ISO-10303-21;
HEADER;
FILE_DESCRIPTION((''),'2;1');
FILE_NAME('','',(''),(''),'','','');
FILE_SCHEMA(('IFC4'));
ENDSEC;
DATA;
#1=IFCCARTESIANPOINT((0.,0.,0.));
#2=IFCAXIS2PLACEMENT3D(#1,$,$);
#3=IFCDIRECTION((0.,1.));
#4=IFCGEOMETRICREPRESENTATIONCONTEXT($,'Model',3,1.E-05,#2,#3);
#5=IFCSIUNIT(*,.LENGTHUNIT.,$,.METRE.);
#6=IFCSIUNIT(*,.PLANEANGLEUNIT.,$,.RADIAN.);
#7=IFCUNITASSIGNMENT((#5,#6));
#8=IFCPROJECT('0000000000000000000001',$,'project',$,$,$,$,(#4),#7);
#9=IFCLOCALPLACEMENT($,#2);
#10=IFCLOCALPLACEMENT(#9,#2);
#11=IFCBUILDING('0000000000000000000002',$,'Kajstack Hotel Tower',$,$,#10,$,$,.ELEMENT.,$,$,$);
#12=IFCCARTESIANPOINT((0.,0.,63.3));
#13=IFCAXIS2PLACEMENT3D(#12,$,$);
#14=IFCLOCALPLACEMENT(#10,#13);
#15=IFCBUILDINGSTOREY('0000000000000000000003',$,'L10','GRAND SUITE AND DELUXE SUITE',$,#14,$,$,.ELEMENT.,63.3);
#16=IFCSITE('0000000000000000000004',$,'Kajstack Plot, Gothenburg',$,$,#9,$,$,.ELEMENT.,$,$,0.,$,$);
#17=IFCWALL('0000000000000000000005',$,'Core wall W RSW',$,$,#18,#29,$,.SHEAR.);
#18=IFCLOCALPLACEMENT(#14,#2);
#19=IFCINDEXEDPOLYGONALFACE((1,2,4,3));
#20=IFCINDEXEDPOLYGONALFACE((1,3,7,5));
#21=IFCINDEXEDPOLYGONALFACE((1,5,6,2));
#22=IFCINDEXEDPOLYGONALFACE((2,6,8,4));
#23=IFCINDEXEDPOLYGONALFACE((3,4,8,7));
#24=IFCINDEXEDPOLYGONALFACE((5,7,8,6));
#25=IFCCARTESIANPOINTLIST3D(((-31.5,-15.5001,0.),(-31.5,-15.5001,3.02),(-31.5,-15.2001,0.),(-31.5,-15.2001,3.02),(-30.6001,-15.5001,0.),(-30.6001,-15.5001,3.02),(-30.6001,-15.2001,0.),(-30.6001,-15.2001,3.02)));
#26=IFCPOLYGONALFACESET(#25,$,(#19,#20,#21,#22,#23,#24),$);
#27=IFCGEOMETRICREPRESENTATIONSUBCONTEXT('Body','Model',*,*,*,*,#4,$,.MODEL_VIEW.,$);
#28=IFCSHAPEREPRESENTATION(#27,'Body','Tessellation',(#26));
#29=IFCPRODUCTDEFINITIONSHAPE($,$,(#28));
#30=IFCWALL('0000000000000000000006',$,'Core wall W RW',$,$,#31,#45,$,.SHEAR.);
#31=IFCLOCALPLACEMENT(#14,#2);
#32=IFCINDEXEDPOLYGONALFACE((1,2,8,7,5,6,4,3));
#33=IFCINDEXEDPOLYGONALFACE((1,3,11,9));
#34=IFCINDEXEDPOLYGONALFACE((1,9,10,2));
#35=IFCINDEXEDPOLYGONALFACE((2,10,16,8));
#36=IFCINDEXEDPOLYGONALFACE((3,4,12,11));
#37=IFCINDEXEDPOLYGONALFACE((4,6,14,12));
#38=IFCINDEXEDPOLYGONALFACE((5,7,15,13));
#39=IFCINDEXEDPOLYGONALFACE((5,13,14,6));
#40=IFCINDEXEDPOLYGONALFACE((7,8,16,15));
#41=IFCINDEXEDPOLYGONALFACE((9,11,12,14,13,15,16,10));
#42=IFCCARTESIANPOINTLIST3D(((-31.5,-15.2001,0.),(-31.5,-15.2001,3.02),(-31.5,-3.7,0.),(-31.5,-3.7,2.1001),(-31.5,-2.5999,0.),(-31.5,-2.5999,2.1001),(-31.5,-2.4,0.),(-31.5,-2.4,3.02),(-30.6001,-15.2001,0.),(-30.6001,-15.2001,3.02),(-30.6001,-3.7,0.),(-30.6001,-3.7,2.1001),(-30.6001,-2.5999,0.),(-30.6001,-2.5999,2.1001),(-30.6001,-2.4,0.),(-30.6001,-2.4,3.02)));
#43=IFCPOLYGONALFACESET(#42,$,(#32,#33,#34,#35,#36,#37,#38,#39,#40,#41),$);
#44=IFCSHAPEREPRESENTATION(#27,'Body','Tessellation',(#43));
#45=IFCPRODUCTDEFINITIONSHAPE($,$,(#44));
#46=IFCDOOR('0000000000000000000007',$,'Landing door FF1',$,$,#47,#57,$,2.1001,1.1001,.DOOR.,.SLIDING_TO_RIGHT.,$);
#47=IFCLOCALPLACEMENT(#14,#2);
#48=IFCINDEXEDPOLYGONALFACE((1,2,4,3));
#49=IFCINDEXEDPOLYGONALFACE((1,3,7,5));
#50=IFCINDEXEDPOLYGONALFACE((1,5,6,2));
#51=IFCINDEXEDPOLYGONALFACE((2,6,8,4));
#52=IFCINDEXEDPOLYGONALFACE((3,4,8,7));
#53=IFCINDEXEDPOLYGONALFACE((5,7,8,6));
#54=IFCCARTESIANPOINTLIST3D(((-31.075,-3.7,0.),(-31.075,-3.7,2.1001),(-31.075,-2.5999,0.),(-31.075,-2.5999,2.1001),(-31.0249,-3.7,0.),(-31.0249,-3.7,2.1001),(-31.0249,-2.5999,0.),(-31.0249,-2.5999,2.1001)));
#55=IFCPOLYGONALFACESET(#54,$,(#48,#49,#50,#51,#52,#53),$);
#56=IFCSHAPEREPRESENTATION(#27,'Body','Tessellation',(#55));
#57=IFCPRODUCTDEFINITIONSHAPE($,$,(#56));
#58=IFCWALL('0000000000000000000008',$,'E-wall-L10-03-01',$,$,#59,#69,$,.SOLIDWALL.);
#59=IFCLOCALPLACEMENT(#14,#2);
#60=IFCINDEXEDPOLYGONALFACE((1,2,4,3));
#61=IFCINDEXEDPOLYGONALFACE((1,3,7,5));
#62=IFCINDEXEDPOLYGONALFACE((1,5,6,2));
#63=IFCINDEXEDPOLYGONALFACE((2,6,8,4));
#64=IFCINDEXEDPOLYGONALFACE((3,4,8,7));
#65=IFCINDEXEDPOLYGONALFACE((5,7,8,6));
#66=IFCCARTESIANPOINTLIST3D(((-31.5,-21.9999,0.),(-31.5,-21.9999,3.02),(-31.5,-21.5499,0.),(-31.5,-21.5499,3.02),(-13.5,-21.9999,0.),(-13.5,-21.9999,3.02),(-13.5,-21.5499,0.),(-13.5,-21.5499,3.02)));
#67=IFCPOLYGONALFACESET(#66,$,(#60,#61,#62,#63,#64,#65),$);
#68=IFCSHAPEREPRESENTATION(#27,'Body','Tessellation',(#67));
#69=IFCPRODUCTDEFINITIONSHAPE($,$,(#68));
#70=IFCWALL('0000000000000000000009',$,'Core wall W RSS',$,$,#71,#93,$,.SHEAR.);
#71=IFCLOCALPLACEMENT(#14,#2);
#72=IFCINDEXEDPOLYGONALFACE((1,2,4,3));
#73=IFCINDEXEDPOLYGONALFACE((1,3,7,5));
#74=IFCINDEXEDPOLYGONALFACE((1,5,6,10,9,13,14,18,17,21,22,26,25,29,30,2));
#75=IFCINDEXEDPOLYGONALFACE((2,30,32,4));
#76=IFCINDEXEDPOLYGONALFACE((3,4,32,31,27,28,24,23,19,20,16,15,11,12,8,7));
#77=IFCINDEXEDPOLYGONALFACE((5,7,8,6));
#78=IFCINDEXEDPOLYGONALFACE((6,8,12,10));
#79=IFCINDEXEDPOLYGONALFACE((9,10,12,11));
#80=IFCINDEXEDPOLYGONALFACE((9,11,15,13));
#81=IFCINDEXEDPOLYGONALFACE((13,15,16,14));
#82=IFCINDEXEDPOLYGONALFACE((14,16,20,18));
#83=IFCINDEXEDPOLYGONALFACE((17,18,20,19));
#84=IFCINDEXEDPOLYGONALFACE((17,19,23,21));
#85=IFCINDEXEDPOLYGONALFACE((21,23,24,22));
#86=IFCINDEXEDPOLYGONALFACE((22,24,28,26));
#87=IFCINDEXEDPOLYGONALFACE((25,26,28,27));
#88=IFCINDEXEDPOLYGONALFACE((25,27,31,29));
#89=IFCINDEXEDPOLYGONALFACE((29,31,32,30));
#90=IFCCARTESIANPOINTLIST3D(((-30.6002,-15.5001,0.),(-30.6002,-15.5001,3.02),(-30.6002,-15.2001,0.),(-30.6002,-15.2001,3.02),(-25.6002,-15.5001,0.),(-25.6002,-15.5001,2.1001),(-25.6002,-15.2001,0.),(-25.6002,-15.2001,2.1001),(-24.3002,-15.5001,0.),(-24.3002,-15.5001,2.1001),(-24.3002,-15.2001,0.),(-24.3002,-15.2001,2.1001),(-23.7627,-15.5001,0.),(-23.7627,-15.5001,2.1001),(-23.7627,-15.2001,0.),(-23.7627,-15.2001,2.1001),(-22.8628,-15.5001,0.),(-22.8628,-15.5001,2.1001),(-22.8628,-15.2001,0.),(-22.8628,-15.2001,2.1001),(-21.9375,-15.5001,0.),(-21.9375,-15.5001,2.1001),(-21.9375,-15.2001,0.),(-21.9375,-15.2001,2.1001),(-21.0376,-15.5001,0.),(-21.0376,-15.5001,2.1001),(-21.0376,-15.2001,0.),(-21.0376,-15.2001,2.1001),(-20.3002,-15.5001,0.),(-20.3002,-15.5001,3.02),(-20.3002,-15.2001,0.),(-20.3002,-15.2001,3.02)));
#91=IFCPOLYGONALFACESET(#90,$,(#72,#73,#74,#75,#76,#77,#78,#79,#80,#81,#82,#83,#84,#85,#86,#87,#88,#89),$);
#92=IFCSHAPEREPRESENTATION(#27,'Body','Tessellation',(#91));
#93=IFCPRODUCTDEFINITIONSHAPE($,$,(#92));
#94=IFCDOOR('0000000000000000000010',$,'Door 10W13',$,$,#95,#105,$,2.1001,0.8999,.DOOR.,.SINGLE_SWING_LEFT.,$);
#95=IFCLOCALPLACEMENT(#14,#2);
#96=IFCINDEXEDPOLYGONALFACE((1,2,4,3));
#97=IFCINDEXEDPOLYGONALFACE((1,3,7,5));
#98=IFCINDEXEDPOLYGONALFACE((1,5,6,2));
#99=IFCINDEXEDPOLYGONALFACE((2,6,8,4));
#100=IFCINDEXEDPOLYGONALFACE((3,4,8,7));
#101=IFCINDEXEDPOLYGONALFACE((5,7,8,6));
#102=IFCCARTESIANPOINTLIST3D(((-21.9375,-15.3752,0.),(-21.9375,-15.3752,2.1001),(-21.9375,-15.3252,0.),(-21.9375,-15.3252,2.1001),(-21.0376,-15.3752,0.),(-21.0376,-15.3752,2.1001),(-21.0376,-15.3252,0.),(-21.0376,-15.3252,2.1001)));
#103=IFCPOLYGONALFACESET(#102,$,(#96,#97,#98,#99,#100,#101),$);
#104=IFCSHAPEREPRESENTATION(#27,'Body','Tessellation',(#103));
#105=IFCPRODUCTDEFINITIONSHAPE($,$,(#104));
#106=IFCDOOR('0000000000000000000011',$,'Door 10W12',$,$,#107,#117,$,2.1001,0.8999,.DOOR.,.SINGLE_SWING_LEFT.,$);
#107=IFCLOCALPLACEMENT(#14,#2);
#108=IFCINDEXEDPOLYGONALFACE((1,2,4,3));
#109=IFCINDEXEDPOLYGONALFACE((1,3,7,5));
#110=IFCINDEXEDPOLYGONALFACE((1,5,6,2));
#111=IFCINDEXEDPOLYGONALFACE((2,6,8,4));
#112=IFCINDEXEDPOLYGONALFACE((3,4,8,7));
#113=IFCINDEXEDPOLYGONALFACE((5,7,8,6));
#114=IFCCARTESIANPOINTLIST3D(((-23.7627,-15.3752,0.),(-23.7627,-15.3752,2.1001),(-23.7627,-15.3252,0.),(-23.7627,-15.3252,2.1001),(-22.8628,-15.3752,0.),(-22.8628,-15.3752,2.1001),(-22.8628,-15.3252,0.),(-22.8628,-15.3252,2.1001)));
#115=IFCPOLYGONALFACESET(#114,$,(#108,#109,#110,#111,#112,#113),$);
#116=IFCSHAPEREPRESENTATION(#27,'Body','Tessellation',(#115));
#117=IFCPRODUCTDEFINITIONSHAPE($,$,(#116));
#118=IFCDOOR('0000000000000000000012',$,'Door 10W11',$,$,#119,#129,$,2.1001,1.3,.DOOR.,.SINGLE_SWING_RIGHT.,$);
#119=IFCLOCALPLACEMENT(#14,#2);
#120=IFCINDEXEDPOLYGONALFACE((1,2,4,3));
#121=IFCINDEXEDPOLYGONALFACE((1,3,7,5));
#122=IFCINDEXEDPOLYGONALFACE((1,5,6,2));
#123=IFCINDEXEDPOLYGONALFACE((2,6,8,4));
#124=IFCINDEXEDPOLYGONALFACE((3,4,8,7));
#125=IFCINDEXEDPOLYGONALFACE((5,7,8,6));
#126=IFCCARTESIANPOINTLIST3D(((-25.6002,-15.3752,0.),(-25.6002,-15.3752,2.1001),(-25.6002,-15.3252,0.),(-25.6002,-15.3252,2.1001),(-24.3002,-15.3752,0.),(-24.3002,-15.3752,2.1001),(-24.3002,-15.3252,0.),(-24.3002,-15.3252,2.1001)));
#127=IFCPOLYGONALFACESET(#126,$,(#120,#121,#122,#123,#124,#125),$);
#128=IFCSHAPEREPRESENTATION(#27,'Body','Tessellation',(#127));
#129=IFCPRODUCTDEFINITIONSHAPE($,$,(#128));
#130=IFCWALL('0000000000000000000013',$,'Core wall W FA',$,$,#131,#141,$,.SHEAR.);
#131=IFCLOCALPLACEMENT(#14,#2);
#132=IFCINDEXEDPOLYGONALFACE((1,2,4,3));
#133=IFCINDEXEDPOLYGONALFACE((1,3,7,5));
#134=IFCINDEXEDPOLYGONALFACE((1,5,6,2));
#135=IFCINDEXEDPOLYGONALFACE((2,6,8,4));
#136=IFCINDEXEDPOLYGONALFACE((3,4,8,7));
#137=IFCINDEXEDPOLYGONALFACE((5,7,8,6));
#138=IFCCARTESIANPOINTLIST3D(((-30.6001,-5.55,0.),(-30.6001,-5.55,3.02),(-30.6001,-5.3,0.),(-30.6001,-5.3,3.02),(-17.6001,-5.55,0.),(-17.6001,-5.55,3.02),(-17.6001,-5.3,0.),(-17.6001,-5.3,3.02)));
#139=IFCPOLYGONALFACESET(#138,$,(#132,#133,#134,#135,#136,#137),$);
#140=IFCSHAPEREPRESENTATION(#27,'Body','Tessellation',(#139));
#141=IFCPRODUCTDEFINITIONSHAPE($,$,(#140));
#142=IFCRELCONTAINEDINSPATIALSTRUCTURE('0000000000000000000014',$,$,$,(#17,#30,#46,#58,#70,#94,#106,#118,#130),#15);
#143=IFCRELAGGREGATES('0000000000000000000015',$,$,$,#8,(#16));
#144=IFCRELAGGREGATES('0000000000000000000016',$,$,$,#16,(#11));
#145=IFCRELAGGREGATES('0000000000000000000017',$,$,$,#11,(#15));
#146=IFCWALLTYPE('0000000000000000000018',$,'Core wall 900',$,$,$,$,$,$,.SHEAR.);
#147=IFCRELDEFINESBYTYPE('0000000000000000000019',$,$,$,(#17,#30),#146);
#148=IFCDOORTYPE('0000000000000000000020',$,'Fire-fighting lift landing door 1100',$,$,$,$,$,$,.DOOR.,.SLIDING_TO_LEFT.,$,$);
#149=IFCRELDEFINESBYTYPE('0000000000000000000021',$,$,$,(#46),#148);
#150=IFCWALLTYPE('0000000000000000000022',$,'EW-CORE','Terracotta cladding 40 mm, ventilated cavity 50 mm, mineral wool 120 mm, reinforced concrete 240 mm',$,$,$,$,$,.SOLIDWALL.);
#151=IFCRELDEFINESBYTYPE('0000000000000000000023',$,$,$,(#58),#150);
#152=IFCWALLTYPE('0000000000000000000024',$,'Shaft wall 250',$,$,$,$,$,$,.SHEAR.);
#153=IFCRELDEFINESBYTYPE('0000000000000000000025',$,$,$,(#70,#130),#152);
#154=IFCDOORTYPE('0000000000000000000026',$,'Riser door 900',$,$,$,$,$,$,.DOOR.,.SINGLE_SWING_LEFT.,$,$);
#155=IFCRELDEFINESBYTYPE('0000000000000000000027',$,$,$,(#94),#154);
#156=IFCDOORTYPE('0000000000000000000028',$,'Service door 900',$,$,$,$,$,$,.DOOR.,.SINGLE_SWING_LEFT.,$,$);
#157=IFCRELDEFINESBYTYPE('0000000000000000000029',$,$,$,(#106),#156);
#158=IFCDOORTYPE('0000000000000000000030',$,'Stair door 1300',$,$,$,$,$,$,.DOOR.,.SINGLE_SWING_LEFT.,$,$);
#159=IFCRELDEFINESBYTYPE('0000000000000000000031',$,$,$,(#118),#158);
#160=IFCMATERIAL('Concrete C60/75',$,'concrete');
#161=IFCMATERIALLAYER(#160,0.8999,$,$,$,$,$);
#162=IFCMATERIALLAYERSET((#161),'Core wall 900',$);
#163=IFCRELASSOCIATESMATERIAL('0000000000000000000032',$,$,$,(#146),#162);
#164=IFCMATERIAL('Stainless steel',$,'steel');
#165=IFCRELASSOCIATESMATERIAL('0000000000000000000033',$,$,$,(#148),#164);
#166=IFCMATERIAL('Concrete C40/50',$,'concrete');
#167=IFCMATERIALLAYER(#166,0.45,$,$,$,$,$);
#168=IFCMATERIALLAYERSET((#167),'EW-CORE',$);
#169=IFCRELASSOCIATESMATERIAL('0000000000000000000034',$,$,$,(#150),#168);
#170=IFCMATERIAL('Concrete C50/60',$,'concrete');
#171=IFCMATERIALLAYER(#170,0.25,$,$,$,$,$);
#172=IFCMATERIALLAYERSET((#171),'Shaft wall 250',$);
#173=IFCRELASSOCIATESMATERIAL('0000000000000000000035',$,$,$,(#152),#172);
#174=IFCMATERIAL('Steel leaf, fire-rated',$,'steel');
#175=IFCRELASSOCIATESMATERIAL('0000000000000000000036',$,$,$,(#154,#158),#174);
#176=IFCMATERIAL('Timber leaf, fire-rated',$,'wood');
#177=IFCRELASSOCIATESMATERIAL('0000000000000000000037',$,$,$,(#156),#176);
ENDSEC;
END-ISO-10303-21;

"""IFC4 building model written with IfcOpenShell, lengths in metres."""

from ifc_helpers import new_model, si_unit, direction, frame, frame_2d, origin, place, context, subcontext, project, spatial, rectangle, extrude, material, layer, layer_set, type_object, element, fill, save


model = new_model("IFC4")

# Units and contexts
model_context = context("Model", 3, precision=1e-05, world=origin(), true_north=direction((0.0, 1.0)))
body_context = subcontext(model_context, "Body", "Model", "MODEL_VIEW")
ifc_project = project(units=[si_unit("LENGTHUNIT", "METRE"), si_unit("PLANEANGLEUNIT", "RADIAN")], contexts=[model_context])

# Site, building, storey
site_placement = place(None, origin())
site = spatial("IfcSite", under=ifc_project, at=site_placement, Name="Kajstack Plot, Gothenburg", CompositionType="ELEMENT", RefElevation=0.0)
building_placement = place(site_placement, origin())
building = spatial("IfcBuilding", under=site, at=building_placement, Name="Kajstack Hotel Tower", CompositionType="ELEMENT")
storey_placement = place(building_placement, frame((0.0, 0.0, 63.3)))
storey = spatial("IfcBuildingStorey", under=building, at=storey_placement, Name="L10", Description="GRAND SUITE AND DELUXE SUITE", CompositionType="ELEMENT", Elevation=63.3)

# Wall
ifc_material_1 = material(Name="Concrete C60/75", Category="concrete")
ifc_layer_1 = layer(ifc_material_1, 0.8999)
ifc_layer_set_1 = layer_set([ifc_layer_1], Name="Core wall 900")
wall_type_1 = type_object("IfcWallType", Name="Core wall 900", PredefinedType="SHEAR", material=ifc_layer_set_1)
wall_1_placement = place(storey_placement, frame((-31.5, -15.3501, 0.0), z_axis=(0.0, 0.0, 1.0), x_axis=(1.0, 0.0, 0.0)))
element("IfcWall", 1, at=wall_1_placement, inside=storey, type_object=wall_type_1, Name="Core wall W RSW", PredefinedType="SHEAR", context=body_context, shape_type="SweptSolid", body=[
    extrude(rectangle(XDim=0.8999, YDim=0.3, at=frame_2d((0.45, 0.0))), origin(), (0.0, 0.0, 1.0), 3.02),
])

# Wall, opening, door
wall_2_placement = place(storey_placement, frame((-31.05, -15.2, 0.0), z_axis=(0.0, 0.0, 1.0), x_axis=(0.0, 1.0, 0.0)))
wall_2 = element("IfcWall", 2, at=wall_2_placement, inside=storey, type_object=wall_type_1, Name="Core wall W RW", PredefinedType="SHEAR", context=body_context, shape_type="SweptSolid", body=[
    extrude(rectangle(XDim=12.8, YDim=0.8999, at=frame_2d((6.3999, 0.0))), origin(), (0.0, 0.0, 1.0), 3.02),
])
opening_1_placement = place(wall_2_placement, frame((11.5, 0.0, 0.0)))
opening_1 = element("IfcOpeningElement", 3, at=opening_1_placement, cuts=wall_2, PredefinedType="OPENING", context=body_context, shape_type="SweptSolid", body=[
    extrude(rectangle(XDim=1.1001, YDim=2.1001, at=frame_2d((0.55, 1.05))), frame((0.0, 0.46, 0.0), z_axis=(0.0, -1.0, 0.0), x_axis=(1.0, 0.0, 0.0)), (0.0, 0.0, 1.0), 0.9199),
])
ifc_material_2 = material(Name="Stainless steel", Category="steel")
door_type_1 = type_object("IfcDoorType", Name="Fire-fighting lift landing door 1100", OperationType="SLIDING_TO_LEFT", PredefinedType="DOOR", material=ifc_material_2)
door_1_placement = place(opening_1_placement, origin())
door_1 = element("IfcDoor", 4, at=door_1_placement, inside=storey, type_object=door_type_1, Name="Landing door FF1", OperationType="SLIDING_TO_RIGHT", OverallHeight=2.1001, OverallWidth=1.1001, PredefinedType="DOOR", context=body_context, shape_type="SweptSolid", body=[
    extrude(rectangle(XDim=1.1001, YDim=2.1001, at=frame_2d((0.55, 1.05))), frame((0.0, 0.0249, 0.0), z_axis=(0.0, -1.0, 0.0), x_axis=(1.0, 0.0, 0.0)), (0.0, 0.0, 1.0), 0.05),
])
fill(opening_1, door_1)

# Wall
ifc_material_3 = material(Name="Concrete C40/50", Category="concrete")
ifc_layer_2 = layer(ifc_material_3, 0.45)
ifc_layer_set_2 = layer_set([ifc_layer_2], Name="EW-CORE")
wall_type_2 = type_object("IfcWallType", Name="EW-CORE", Description="Terracotta cladding 40 mm, ventilated cavity 50 mm, mineral wool 120 mm, reinforced concrete 240 mm", PredefinedType="SOLIDWALL", material=ifc_layer_set_2)
wall_3_placement = place(storey_placement, frame((-31.5, -21.7749, 0.0), z_axis=(0.0, 0.0, 1.0), x_axis=(1.0, 0.0, 0.0)))
element("IfcWall", 5, at=wall_3_placement, inside=storey, type_object=wall_type_2, Name="E-wall-L10-03-01", PredefinedType="SOLIDWALL", context=body_context, shape_type="SweptSolid", body=[
    extrude(rectangle(XDim=18.0, YDim=0.45, at=frame_2d((9.0, 0.0))), origin(), (0.0, 0.0, 1.0), 3.02),
])

# Wall, openings, doors
ifc_material_4 = material(Name="Concrete C50/60", Category="concrete")
ifc_layer_3 = layer(ifc_material_4, 0.25)
ifc_layer_set_3 = layer_set([ifc_layer_3], Name="Shaft wall 250")
wall_type_3 = type_object("IfcWallType", Name="Shaft wall 250", PredefinedType="SHEAR", material=ifc_layer_set_3)
wall_4_placement = place(storey_placement, frame((-30.6001, -15.3501, 0.0), z_axis=(0.0, 0.0, 1.0), x_axis=(1.0, 0.0, 0.0)))
wall_4 = element("IfcWall", 6, at=wall_4_placement, inside=storey, type_object=wall_type_3, Name="Core wall W RSS", PredefinedType="SHEAR", context=body_context, shape_type="SweptSolid", body=[
    extrude(rectangle(XDim=10.3, YDim=0.3, at=frame_2d((5.1499, 0.0))), origin(), (0.0, 0.0, 1.0), 3.02),
])
opening_2_placement = place(wall_4_placement, frame((5.0, 0.0, 0.0)))
opening_2 = element("IfcOpeningElement", 7, at=opening_2_placement, cuts=wall_4, PredefinedType="OPENING", context=body_context, shape_type="SweptSolid", body=[
    extrude(rectangle(XDim=1.3, YDim=2.1001, at=frame_2d((0.6499, 1.05))), frame((0.0, 0.1599, 0.0), z_axis=(0.0, -1.0, 0.0), x_axis=(1.0, 0.0, 0.0)), (0.0, 0.0, 1.0), 0.3201),
])
opening_3_placement = place(wall_4_placement, frame((6.8374, 0.0, 0.0)))
opening_3 = element("IfcOpeningElement", 8, at=opening_3_placement, cuts=wall_4, PredefinedType="OPENING", context=body_context, shape_type="SweptSolid", body=[
    extrude(rectangle(XDim=0.8999, YDim=2.1001, at=frame_2d((0.45, 1.05))), frame((0.0, 0.1599, 0.0), z_axis=(0.0, -1.0, 0.0), x_axis=(1.0, 0.0, 0.0)), (0.0, 0.0, 1.0), 0.3201),
])
opening_4_placement = place(wall_4_placement, frame((8.6626, 0.0, 0.0)))
opening_4 = element("IfcOpeningElement", 9, at=opening_4_placement, cuts=wall_4, PredefinedType="OPENING", context=body_context, shape_type="SweptSolid", body=[
    extrude(rectangle(XDim=0.8999, YDim=2.1001, at=frame_2d((0.45, 1.05))), frame((0.0, 0.1599, 0.0), z_axis=(0.0, -1.0, 0.0), x_axis=(1.0, 0.0, 0.0)), (0.0, 0.0, 1.0), 0.3201),
])
ifc_material_5 = material(Name="Steel leaf, fire-rated", Category="steel")
door_type_2 = type_object("IfcDoorType", Name="Riser door 900", OperationType="SINGLE_SWING_LEFT", PredefinedType="DOOR", material=ifc_material_5)
door_2_placement = place(opening_4_placement, origin())
door_2 = element("IfcDoor", 10, at=door_2_placement, inside=storey, type_object=door_type_2, Name="Door 10W13", OperationType="SINGLE_SWING_LEFT", OverallHeight=2.1001, OverallWidth=0.8999, PredefinedType="DOOR", context=body_context, shape_type="SweptSolid", body=[
    extrude(rectangle(XDim=0.8999, YDim=2.1001, at=frame_2d((0.45, 1.05))), frame((0.0, 0.0249, 0.0), z_axis=(0.0, -1.0, 0.0), x_axis=(1.0, 0.0, 0.0)), (0.0, 0.0, 1.0), 0.05),
])
fill(opening_4, door_2)
ifc_material_6 = material(Name="Timber leaf, fire-rated", Category="wood")
door_type_3 = type_object("IfcDoorType", Name="Service door 900", OperationType="SINGLE_SWING_LEFT", PredefinedType="DOOR", material=ifc_material_6)
door_3_placement = place(opening_3_placement, origin())
door_3 = element("IfcDoor", 11, at=door_3_placement, inside=storey, type_object=door_type_3, Name="Door 10W12", OperationType="SINGLE_SWING_LEFT", OverallHeight=2.1001, OverallWidth=0.8999, PredefinedType="DOOR", context=body_context, shape_type="SweptSolid", body=[
    extrude(rectangle(XDim=0.8999, YDim=2.1001, at=frame_2d((0.45, 1.05))), frame((0.0, 0.0249, 0.0), z_axis=(0.0, -1.0, 0.0), x_axis=(1.0, 0.0, 0.0)), (0.0, 0.0, 1.0), 0.05),
])
fill(opening_3, door_3)
door_type_4 = type_object("IfcDoorType", Name="Stair door 1300", OperationType="SINGLE_SWING_LEFT", PredefinedType="DOOR", material=ifc_material_5)
door_4_placement = place(opening_2_placement, origin())
door_4 = element("IfcDoor", 12, at=door_4_placement, inside=storey, type_object=door_type_4, Name="Door 10W11", OperationType="SINGLE_SWING_RIGHT", OverallHeight=2.1001, OverallWidth=1.3, PredefinedType="DOOR", context=body_context, shape_type="SweptSolid", body=[
    extrude(rectangle(XDim=1.3, YDim=2.1001, at=frame_2d((0.6499, 1.05))), frame((0.0, 0.0249, 0.0), z_axis=(0.0, -1.0, 0.0), x_axis=(1.0, 0.0, 0.0)), (0.0, 0.0, 1.0), 0.05),
])
fill(opening_2, door_4)

# Wall
wall_5_placement = place(storey_placement, frame((-30.6001, -5.425, 0.0), z_axis=(0.0, 0.0, 1.0), x_axis=(1.0, 0.0, 0.0)))
element("IfcWall", 13, at=wall_5_placement, inside=storey, type_object=wall_type_3, Name="Core wall W FA", PredefinedType="SHEAR", context=body_context, shape_type="SweptSolid", body=[
    extrude(rectangle(XDim=13.0, YDim=0.25, at=frame_2d((6.5, 0.0))), origin(), (0.0, 0.0, 1.0), 3.02),
])

save(model, "model.ifc")
